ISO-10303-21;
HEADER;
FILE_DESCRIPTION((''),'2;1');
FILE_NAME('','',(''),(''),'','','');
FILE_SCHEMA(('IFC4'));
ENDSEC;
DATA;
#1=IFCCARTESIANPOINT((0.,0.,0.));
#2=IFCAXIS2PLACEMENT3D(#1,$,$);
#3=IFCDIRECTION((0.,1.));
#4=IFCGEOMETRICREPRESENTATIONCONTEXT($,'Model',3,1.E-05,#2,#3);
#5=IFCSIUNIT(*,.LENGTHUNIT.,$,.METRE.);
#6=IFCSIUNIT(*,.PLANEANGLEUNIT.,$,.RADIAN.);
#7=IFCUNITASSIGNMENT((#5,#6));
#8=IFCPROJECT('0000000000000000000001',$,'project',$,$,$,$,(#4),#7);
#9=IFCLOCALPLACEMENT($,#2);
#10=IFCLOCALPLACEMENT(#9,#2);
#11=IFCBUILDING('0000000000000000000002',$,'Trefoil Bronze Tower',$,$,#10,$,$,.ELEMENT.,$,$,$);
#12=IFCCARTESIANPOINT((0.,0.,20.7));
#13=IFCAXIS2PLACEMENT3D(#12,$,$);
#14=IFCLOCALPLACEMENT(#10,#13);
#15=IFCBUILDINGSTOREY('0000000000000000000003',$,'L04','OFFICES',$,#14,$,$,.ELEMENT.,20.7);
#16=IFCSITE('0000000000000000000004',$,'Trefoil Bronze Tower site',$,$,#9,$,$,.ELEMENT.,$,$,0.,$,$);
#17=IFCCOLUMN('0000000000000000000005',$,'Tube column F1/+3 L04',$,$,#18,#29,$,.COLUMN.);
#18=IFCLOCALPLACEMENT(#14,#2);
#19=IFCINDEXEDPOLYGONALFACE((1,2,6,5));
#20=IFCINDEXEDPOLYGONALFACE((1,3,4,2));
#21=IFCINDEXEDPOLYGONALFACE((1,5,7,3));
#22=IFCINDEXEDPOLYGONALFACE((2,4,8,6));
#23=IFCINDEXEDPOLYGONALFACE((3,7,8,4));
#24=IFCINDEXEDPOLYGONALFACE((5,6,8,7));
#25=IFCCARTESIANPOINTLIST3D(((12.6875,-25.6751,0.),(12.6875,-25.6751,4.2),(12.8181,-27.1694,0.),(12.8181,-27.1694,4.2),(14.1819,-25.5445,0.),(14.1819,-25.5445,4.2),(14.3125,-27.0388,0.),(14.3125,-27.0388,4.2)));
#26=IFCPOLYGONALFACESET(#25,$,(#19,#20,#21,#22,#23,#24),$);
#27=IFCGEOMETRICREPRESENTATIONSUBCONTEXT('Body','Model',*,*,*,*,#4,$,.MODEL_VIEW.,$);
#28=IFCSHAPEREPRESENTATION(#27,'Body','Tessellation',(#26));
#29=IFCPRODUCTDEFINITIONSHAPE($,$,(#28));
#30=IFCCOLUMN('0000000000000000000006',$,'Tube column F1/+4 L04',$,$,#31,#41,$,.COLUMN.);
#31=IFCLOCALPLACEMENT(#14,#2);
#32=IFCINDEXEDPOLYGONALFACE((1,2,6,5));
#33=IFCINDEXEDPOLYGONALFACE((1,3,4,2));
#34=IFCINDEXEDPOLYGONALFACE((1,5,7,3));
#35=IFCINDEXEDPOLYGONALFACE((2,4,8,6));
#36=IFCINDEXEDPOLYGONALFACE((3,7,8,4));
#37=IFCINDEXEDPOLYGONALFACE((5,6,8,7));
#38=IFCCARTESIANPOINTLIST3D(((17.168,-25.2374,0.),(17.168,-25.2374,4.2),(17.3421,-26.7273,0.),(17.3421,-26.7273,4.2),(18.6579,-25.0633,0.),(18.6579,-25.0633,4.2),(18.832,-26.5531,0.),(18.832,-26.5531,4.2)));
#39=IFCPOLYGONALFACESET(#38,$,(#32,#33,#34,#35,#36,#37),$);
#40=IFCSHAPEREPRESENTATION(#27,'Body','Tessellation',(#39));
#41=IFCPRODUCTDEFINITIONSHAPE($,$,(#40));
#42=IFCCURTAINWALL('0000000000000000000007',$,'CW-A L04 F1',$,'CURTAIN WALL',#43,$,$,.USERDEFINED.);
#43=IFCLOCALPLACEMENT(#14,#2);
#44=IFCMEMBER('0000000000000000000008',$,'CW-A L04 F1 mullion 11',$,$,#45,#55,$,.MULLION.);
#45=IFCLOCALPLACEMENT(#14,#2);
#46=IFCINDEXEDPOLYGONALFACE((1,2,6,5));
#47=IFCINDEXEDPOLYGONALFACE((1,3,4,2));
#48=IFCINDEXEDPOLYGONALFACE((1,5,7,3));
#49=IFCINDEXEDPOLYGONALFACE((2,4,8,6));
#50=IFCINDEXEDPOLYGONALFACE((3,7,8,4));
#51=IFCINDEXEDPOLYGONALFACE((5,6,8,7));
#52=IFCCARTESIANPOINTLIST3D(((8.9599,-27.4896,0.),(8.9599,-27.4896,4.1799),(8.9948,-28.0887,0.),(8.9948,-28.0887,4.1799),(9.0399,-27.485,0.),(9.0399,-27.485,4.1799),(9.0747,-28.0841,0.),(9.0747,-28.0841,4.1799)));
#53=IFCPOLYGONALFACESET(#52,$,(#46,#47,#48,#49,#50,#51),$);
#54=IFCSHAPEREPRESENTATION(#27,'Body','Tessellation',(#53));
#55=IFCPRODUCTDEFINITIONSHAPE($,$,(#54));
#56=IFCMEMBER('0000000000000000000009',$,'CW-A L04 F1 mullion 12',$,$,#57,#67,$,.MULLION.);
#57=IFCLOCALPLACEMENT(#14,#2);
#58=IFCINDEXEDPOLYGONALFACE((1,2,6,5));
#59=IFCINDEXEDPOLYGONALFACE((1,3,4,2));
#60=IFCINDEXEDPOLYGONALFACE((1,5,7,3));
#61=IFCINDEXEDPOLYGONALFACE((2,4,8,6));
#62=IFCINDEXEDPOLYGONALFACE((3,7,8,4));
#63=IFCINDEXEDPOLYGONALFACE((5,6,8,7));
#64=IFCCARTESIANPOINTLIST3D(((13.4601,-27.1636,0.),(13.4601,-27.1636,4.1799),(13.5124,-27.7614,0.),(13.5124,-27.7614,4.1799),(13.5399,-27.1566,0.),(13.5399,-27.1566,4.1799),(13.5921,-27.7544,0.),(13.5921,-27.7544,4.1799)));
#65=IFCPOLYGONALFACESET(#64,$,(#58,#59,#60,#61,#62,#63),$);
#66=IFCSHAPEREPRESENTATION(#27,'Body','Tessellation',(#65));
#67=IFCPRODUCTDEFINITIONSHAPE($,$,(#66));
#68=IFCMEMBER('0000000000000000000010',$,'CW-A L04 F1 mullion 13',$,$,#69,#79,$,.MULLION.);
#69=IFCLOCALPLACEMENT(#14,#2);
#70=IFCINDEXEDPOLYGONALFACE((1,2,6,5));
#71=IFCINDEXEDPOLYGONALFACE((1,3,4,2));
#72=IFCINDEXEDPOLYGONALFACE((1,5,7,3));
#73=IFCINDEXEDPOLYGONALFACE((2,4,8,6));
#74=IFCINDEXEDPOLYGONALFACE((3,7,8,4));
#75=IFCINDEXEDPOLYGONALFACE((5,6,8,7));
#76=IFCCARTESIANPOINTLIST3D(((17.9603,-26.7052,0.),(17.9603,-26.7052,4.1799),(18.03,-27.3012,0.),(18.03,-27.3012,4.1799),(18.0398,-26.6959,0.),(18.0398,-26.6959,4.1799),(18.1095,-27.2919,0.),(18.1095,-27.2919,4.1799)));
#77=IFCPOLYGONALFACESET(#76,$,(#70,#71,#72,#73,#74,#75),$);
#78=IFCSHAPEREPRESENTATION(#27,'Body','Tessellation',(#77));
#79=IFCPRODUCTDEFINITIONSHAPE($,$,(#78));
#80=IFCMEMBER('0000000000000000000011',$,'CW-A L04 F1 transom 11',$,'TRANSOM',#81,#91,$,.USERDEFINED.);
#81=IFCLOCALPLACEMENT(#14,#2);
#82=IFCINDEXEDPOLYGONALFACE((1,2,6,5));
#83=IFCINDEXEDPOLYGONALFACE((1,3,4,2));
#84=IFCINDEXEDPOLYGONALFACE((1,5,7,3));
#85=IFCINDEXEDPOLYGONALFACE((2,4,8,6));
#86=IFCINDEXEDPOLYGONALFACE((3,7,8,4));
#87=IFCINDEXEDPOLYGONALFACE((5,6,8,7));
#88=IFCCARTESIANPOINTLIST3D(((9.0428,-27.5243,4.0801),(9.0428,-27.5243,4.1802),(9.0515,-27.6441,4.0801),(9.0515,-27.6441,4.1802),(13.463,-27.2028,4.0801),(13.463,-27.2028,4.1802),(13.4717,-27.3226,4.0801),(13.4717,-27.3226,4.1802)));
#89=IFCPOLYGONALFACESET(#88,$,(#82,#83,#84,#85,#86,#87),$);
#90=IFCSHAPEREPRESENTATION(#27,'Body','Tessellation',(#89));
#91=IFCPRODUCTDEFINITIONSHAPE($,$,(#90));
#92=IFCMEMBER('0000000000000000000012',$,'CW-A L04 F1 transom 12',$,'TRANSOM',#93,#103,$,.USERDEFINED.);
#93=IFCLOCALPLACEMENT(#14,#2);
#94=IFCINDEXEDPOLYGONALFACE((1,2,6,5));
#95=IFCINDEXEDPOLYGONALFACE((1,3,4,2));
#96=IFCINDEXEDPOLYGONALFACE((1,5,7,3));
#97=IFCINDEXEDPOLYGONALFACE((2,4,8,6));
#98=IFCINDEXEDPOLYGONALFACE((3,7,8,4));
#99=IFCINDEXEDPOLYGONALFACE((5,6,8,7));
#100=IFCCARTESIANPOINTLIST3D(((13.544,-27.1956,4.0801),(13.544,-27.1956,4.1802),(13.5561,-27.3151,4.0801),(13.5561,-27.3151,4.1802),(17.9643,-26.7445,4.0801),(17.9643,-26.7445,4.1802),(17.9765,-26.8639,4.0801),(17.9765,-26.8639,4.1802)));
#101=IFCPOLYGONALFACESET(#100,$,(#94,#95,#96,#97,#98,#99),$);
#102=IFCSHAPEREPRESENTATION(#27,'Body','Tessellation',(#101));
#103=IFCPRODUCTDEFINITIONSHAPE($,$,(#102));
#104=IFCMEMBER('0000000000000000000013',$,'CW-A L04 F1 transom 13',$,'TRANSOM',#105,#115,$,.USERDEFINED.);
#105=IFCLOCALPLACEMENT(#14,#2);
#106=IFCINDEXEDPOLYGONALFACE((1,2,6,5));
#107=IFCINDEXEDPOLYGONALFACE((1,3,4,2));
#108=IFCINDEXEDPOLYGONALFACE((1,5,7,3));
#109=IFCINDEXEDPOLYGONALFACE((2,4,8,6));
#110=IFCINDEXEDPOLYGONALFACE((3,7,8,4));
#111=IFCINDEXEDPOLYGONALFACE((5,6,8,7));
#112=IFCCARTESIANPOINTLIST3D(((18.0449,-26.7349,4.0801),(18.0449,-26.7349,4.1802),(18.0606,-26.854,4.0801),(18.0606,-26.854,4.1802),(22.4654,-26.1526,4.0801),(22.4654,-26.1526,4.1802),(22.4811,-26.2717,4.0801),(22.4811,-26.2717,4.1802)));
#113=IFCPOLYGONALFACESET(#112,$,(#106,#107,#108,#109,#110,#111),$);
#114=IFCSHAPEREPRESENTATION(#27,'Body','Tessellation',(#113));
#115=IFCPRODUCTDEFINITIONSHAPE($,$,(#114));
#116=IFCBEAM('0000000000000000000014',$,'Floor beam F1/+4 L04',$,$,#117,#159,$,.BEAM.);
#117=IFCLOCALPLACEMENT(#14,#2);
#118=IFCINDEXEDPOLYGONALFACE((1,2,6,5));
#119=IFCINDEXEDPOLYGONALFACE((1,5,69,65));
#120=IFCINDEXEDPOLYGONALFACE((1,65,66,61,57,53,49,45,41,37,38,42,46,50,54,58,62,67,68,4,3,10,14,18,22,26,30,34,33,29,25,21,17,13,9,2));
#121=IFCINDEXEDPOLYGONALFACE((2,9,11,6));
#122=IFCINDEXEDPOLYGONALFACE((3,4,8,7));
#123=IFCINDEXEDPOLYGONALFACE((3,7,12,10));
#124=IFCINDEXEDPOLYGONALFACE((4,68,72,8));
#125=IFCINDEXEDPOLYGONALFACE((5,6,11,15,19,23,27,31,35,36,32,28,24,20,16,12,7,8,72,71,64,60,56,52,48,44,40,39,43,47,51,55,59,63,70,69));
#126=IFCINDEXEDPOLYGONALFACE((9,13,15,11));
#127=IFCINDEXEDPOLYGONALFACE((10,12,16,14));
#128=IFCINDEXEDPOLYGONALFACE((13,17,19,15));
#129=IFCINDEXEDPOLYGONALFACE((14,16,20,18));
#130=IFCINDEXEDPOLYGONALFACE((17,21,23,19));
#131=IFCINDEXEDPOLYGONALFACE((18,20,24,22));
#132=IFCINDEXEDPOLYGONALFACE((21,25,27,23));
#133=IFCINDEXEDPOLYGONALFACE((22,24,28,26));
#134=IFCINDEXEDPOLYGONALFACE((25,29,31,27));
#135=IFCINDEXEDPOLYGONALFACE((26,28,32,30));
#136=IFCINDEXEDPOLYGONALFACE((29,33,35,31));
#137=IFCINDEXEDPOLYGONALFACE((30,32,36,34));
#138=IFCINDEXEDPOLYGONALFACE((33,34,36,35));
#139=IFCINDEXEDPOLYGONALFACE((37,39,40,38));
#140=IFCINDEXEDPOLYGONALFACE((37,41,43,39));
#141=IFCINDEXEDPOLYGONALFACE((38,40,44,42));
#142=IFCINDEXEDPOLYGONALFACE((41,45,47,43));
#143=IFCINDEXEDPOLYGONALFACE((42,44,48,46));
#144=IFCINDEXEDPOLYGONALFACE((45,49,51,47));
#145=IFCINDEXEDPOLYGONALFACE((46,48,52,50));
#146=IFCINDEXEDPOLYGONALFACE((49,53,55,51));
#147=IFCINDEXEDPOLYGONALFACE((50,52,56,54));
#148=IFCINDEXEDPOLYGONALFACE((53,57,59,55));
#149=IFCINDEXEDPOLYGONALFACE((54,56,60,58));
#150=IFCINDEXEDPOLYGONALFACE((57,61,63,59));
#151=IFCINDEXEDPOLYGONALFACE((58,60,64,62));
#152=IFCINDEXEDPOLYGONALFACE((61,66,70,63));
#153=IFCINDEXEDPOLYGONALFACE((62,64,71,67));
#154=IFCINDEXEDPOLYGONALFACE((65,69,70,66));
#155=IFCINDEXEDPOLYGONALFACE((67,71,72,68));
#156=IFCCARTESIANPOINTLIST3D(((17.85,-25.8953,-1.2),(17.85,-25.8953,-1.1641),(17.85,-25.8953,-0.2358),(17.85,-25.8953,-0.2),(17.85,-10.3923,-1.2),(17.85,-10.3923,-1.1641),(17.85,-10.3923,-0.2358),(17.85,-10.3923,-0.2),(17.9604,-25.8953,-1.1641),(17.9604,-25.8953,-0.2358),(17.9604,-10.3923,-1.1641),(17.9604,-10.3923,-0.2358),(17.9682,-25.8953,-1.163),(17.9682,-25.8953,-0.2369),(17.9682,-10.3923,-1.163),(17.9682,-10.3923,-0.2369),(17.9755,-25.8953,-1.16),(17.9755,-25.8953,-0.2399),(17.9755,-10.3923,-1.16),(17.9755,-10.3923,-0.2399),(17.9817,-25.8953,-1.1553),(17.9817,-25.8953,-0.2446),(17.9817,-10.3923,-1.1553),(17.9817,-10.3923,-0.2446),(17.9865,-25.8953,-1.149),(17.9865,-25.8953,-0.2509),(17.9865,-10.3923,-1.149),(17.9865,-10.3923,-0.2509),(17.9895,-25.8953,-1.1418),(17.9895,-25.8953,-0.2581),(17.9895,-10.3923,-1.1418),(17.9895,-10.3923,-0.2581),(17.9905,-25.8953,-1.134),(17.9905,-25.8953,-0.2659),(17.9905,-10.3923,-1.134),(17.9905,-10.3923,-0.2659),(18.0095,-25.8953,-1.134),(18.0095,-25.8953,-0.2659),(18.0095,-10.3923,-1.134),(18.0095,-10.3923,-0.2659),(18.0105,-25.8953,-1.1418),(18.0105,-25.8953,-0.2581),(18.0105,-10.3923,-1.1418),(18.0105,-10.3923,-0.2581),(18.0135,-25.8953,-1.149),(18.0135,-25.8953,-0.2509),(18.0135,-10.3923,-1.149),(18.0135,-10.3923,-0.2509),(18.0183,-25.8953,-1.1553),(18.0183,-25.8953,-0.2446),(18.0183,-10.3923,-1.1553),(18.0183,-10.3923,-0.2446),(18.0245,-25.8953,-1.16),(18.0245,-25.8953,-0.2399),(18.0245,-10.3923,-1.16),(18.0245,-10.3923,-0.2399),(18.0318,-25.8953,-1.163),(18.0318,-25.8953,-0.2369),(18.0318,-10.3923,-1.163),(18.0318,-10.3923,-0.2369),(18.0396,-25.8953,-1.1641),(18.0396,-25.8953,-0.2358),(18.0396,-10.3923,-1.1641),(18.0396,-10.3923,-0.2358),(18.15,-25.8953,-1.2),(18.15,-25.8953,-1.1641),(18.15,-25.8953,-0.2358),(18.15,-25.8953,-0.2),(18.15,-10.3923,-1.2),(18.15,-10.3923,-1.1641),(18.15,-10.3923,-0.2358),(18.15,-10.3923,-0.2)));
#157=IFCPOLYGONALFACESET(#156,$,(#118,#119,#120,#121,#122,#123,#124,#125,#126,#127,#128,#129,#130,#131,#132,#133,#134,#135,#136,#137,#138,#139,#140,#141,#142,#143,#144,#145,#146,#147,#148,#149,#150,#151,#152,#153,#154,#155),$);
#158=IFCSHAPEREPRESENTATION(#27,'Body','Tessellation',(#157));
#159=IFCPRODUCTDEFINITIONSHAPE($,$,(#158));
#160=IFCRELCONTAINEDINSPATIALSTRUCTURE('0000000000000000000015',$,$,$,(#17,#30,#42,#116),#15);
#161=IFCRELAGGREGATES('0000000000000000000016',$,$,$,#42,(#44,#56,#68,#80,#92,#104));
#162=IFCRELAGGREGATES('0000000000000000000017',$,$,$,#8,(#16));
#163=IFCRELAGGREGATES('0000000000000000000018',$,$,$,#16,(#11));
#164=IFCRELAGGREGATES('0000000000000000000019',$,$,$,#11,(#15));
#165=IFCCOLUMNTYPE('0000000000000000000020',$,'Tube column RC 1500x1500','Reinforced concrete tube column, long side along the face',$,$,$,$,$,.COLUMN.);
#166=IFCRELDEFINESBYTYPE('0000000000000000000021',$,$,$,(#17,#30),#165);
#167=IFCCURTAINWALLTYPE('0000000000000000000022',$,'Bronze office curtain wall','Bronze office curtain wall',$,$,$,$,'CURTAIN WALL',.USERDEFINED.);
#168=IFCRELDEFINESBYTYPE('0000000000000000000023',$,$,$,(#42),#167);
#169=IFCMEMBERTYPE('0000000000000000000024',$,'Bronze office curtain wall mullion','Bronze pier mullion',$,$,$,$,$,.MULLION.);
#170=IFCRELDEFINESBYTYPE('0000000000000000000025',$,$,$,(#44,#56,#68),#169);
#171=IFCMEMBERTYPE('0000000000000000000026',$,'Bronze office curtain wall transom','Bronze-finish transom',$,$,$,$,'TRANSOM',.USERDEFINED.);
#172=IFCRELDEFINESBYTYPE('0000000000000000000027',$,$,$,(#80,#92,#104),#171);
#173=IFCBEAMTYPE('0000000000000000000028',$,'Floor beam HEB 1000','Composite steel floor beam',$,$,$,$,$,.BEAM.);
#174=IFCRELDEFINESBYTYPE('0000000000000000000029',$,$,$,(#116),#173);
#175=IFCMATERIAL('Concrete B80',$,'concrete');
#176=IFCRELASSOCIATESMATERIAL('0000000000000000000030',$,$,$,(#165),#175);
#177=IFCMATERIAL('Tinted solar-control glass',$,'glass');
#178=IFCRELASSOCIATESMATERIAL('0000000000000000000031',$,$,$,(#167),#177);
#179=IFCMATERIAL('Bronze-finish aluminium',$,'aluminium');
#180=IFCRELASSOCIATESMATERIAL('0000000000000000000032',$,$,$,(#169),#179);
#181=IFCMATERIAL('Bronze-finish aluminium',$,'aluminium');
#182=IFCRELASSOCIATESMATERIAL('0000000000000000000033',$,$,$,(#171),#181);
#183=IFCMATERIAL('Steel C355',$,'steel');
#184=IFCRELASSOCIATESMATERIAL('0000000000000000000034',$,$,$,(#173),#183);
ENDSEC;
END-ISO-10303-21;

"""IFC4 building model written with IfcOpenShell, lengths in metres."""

from ifc_helpers import new_model, si_unit, direction, frame, origin, origin_2d, place, context, subcontext, project, spatial, rectangle, i_section, extrude, material, material_profile, profile_set, type_object, element, aggregate, save


model = new_model("IFC4")

# Units and contexts
model_context = context("Model", 3, precision=1e-05, world=origin(), true_north=direction((0.0, 1.0)))
body_context = subcontext(model_context, "Body", "Model", "MODEL_VIEW")
ifc_project = project(units=[si_unit("LENGTHUNIT", "METRE"), si_unit("PLANEANGLEUNIT", "RADIAN")], contexts=[model_context])

# Site, building, storey
site_placement = place(None, origin())
site = spatial("IfcSite", under=ifc_project, at=site_placement, Name="Trefoil Bronze Tower site", CompositionType="ELEMENT", RefElevation=0.0)
building_placement = place(site_placement, origin())
building = spatial("IfcBuilding", under=site, at=building_placement, Name="Trefoil Bronze Tower", CompositionType="ELEMENT")
storey_placement = place(building_placement, frame((0.0, 0.0, 20.7)))
storey = spatial("IfcBuildingStorey", under=building, at=storey_placement, Name="L04", Description="OFFICES", CompositionType="ELEMENT", Elevation=20.7)

# Columns
ifc_material_1 = material(Name="Concrete B80", Category="concrete")
ifc_material_profile_1 = material_profile(ifc_material_1, rectangle(XDim=1.5, YDim=1.5, at=origin_2d()), Name="RC 1500x1500")
ifc_profile_set_1 = profile_set([ifc_material_profile_1], Name="Concrete B80")
column_type = type_object("IfcColumnType", Name="Tube column RC 1500x1500", Description="Reinforced concrete tube column, long side along the face", PredefinedType="COLUMN", material=ifc_profile_set_1)
for number, where, z_axis, x_axis, name in (
    (1, (13.5, -26.3569, 0.0), (0.0, 0.0, 1.0), (0.996203, 0.087065, 0.0), "Tube column F1/+3 L04"),
    (2, (18.0, -25.8953, 0.0), (0.0, 0.0, 1.0), (0.993239, 0.116087, 0.0), "Tube column F1/+4 L04"),
):
    element("IfcColumn", number, at=place(storey_placement, frame(where, z_axis=z_axis, x_axis=x_axis)), inside=storey, type_object=column_type, Name=name, PredefinedType="COLUMN", context=body_context, shape_type="SweptSolid", body=[
        extrude(rectangle(XDim=1.5, YDim=1.5, at=origin_2d()), origin(), (0.0, 0.0, 1.0), 4.2),
    ])

# Curtain wall, members
ifc_material_2 = material(Name="Tinted solar-control glass", Category="glass")
curtain_wall_type = type_object("IfcCurtainWallType", Name="Bronze office curtain wall", Description="Bronze office curtain wall", ElementType="CURTAIN WALL", PredefinedType="USERDEFINED", material=ifc_material_2)
curtain_wall_placement = place(storey_placement, origin())
curtain_wall = element("IfcCurtainWall", 3, at=curtain_wall_placement, inside=storey, type_object=curtain_wall_type, Name="CW-A L04 F1", ObjectType="CURTAIN WALL", PredefinedType="USERDEFINED")
ifc_material_3 = material(Name="Bronze-finish aluminium", Category="aluminium")
ifc_material_profile_2 = material_profile(ifc_material_3, rectangle(XDim=0.6001, YDim=0.0801, at=origin_2d()), Name="CW-A mullion")
ifc_profile_set_2 = profile_set([ifc_material_profile_2], Name="Bronze-finish aluminium")
member_type_1 = type_object("IfcMemberType", Name="Bronze office curtain wall mullion", Description="Bronze pier mullion", PredefinedType="MULLION", material=ifc_profile_set_2)
member_1_placement = place(storey_placement, frame((9.0173, -27.7869, 0.0), z_axis=(0.0, 0.0, 1.0), x_axis=(-0.058043, 0.998314, 0.0)))
member_1 = element("IfcMember", 4, at=member_1_placement, type_object=member_type_1, Name="CW-A L04 F1 mullion 11", PredefinedType="MULLION", context=body_context, shape_type="SweptSolid", body=[
    extrude(rectangle(XDim=0.6001, YDim=0.0801, at=origin_2d()), origin(), (0.0, 0.0, 1.0), 4.1799),
])
member_2_placement = place(storey_placement, frame((13.5261, -27.459, 0.0), z_axis=(0.0, 0.0, 1.0), x_axis=(-0.087065, 0.996203, 0.0)))
member_2 = element("IfcMember", 5, at=member_2_placement, type_object=member_type_1, Name="CW-A L04 F1 mullion 12", PredefinedType="MULLION", context=body_context, shape_type="SweptSolid", body=[
    extrude(rectangle(XDim=0.6001, YDim=0.0801, at=origin_2d()), origin(), (0.0, 0.0, 1.0), 4.1799),
])
member_3_placement = place(storey_placement, frame((18.0349, -26.9985, 0.0), z_axis=(0.0, 0.0, 1.0), x_axis=(-0.116087, 0.993239, 0.0)))
member_3 = element("IfcMember", 6, at=member_3_placement, type_object=member_type_1, Name="CW-A L04 F1 mullion 13", PredefinedType="MULLION", context=body_context, shape_type="SweptSolid", body=[
    extrude(rectangle(XDim=0.6001, YDim=0.0801, at=origin_2d()), origin(), (0.0, 0.0, 1.0), 4.1799),
])
ifc_material_4 = material(Name="Bronze-finish aluminium", Category="aluminium")
ifc_material_profile_3 = material_profile(ifc_material_4, rectangle(XDim=0.1201, YDim=0.1001, at=origin_2d()), Name="CW-A transom")
ifc_profile_set_3 = profile_set([ifc_material_profile_3], Name="Bronze-finish aluminium")
member_type_2 = type_object("IfcMemberType", Name="Bronze office curtain wall transom", Description="Bronze-finish transom", ElementType="TRANSOM", PredefinedType="USERDEFINED", material=ifc_profile_set_3)
member_4_placement = place(storey_placement, frame((9.0471, -27.5842, 4.1301), z_axis=(0.997365, 0.072551, 0.0), x_axis=(-0.072551, 0.997365, 0.0)))
member_4 = element("IfcMember", 7, at=member_4_placement, type_object=member_type_2, Name="CW-A L04 F1 transom 11", ObjectType="TRANSOM", PredefinedType="USERDEFINED", context=body_context, shape_type="SweptSolid", body=[
    extrude(rectangle(XDim=0.1201, YDim=0.1001, at=origin_2d()), origin(), (0.0, 0.0, 1.0), 4.4319),
])
member_5_placement = place(storey_placement, frame((13.55, -27.2554, 4.1301), z_axis=(0.994832, 0.101538, 0.0), x_axis=(-0.101538, 0.994832, 0.0)))
member_5 = element("IfcMember", 8, at=member_5_placement, type_object=member_type_2, Name="CW-A L04 F1 transom 12", ObjectType="TRANSOM", PredefinedType="USERDEFINED", context=body_context, shape_type="SweptSolid", body=[
    extrude(rectangle(XDim=0.1201, YDim=0.1001, at=origin_2d()), origin(), (0.0, 0.0, 1.0), 4.4434),
])
member_6_placement = place(storey_placement, frame((18.0527, -26.7944, 4.1301), z_axis=(0.991437, 0.130589, 0.0), x_axis=(-0.130589, 0.991437, 0.0)))
member_6 = element("IfcMember", 9, at=member_6_placement, type_object=member_type_2, Name="CW-A L04 F1 transom 13", ObjectType="TRANSOM", PredefinedType="USERDEFINED", context=body_context, shape_type="SweptSolid", body=[
    extrude(rectangle(XDim=0.1201, YDim=0.1001, at=origin_2d()), origin(), (0.0, 0.0, 1.0), 4.4587),
])

# Beam
ifc_material_5 = material(Name="Steel C355", Category="steel")
ifc_material_profile_4 = material_profile(ifc_material_5, i_section(OverallWidth=0.3, OverallDepth=1.0, WebThickness=0.019, FlangeThickness=0.0359, FilletRadius=0.03, at=origin_2d()), Name="HEB 1000")
ifc_profile_set_4 = profile_set([ifc_material_profile_4], Name="Steel C355")
beam_type_1 = type_object("IfcBeamType", Name="Floor beam HEB 1000", Description="Composite steel floor beam", PredefinedType="BEAM", material=ifc_profile_set_4)
beam_1_placement = place(storey_placement, frame((18.0, -25.8953, -0.7), z_axis=(0.0, 1.0, 0.0), x_axis=(-1.0, 0.0, 0.0)))
element("IfcBeam", 10, at=beam_1_placement, inside=storey, type_object=beam_type_1, Name="Floor beam F1/+4 L04", PredefinedType="BEAM", context=body_context, shape_type="SweptSolid", body=[
    extrude(i_section(OverallWidth=0.3, OverallDepth=1.0, WebThickness=0.019, FlangeThickness=0.0359, FilletRadius=0.03, at=origin_2d()), origin(), (0.0, 0.0, 1.0), 15.5029),
])

aggregate(curtain_wall, [member_1, member_2, member_3, member_4, member_5, member_6])

save(model, "model.ifc")
